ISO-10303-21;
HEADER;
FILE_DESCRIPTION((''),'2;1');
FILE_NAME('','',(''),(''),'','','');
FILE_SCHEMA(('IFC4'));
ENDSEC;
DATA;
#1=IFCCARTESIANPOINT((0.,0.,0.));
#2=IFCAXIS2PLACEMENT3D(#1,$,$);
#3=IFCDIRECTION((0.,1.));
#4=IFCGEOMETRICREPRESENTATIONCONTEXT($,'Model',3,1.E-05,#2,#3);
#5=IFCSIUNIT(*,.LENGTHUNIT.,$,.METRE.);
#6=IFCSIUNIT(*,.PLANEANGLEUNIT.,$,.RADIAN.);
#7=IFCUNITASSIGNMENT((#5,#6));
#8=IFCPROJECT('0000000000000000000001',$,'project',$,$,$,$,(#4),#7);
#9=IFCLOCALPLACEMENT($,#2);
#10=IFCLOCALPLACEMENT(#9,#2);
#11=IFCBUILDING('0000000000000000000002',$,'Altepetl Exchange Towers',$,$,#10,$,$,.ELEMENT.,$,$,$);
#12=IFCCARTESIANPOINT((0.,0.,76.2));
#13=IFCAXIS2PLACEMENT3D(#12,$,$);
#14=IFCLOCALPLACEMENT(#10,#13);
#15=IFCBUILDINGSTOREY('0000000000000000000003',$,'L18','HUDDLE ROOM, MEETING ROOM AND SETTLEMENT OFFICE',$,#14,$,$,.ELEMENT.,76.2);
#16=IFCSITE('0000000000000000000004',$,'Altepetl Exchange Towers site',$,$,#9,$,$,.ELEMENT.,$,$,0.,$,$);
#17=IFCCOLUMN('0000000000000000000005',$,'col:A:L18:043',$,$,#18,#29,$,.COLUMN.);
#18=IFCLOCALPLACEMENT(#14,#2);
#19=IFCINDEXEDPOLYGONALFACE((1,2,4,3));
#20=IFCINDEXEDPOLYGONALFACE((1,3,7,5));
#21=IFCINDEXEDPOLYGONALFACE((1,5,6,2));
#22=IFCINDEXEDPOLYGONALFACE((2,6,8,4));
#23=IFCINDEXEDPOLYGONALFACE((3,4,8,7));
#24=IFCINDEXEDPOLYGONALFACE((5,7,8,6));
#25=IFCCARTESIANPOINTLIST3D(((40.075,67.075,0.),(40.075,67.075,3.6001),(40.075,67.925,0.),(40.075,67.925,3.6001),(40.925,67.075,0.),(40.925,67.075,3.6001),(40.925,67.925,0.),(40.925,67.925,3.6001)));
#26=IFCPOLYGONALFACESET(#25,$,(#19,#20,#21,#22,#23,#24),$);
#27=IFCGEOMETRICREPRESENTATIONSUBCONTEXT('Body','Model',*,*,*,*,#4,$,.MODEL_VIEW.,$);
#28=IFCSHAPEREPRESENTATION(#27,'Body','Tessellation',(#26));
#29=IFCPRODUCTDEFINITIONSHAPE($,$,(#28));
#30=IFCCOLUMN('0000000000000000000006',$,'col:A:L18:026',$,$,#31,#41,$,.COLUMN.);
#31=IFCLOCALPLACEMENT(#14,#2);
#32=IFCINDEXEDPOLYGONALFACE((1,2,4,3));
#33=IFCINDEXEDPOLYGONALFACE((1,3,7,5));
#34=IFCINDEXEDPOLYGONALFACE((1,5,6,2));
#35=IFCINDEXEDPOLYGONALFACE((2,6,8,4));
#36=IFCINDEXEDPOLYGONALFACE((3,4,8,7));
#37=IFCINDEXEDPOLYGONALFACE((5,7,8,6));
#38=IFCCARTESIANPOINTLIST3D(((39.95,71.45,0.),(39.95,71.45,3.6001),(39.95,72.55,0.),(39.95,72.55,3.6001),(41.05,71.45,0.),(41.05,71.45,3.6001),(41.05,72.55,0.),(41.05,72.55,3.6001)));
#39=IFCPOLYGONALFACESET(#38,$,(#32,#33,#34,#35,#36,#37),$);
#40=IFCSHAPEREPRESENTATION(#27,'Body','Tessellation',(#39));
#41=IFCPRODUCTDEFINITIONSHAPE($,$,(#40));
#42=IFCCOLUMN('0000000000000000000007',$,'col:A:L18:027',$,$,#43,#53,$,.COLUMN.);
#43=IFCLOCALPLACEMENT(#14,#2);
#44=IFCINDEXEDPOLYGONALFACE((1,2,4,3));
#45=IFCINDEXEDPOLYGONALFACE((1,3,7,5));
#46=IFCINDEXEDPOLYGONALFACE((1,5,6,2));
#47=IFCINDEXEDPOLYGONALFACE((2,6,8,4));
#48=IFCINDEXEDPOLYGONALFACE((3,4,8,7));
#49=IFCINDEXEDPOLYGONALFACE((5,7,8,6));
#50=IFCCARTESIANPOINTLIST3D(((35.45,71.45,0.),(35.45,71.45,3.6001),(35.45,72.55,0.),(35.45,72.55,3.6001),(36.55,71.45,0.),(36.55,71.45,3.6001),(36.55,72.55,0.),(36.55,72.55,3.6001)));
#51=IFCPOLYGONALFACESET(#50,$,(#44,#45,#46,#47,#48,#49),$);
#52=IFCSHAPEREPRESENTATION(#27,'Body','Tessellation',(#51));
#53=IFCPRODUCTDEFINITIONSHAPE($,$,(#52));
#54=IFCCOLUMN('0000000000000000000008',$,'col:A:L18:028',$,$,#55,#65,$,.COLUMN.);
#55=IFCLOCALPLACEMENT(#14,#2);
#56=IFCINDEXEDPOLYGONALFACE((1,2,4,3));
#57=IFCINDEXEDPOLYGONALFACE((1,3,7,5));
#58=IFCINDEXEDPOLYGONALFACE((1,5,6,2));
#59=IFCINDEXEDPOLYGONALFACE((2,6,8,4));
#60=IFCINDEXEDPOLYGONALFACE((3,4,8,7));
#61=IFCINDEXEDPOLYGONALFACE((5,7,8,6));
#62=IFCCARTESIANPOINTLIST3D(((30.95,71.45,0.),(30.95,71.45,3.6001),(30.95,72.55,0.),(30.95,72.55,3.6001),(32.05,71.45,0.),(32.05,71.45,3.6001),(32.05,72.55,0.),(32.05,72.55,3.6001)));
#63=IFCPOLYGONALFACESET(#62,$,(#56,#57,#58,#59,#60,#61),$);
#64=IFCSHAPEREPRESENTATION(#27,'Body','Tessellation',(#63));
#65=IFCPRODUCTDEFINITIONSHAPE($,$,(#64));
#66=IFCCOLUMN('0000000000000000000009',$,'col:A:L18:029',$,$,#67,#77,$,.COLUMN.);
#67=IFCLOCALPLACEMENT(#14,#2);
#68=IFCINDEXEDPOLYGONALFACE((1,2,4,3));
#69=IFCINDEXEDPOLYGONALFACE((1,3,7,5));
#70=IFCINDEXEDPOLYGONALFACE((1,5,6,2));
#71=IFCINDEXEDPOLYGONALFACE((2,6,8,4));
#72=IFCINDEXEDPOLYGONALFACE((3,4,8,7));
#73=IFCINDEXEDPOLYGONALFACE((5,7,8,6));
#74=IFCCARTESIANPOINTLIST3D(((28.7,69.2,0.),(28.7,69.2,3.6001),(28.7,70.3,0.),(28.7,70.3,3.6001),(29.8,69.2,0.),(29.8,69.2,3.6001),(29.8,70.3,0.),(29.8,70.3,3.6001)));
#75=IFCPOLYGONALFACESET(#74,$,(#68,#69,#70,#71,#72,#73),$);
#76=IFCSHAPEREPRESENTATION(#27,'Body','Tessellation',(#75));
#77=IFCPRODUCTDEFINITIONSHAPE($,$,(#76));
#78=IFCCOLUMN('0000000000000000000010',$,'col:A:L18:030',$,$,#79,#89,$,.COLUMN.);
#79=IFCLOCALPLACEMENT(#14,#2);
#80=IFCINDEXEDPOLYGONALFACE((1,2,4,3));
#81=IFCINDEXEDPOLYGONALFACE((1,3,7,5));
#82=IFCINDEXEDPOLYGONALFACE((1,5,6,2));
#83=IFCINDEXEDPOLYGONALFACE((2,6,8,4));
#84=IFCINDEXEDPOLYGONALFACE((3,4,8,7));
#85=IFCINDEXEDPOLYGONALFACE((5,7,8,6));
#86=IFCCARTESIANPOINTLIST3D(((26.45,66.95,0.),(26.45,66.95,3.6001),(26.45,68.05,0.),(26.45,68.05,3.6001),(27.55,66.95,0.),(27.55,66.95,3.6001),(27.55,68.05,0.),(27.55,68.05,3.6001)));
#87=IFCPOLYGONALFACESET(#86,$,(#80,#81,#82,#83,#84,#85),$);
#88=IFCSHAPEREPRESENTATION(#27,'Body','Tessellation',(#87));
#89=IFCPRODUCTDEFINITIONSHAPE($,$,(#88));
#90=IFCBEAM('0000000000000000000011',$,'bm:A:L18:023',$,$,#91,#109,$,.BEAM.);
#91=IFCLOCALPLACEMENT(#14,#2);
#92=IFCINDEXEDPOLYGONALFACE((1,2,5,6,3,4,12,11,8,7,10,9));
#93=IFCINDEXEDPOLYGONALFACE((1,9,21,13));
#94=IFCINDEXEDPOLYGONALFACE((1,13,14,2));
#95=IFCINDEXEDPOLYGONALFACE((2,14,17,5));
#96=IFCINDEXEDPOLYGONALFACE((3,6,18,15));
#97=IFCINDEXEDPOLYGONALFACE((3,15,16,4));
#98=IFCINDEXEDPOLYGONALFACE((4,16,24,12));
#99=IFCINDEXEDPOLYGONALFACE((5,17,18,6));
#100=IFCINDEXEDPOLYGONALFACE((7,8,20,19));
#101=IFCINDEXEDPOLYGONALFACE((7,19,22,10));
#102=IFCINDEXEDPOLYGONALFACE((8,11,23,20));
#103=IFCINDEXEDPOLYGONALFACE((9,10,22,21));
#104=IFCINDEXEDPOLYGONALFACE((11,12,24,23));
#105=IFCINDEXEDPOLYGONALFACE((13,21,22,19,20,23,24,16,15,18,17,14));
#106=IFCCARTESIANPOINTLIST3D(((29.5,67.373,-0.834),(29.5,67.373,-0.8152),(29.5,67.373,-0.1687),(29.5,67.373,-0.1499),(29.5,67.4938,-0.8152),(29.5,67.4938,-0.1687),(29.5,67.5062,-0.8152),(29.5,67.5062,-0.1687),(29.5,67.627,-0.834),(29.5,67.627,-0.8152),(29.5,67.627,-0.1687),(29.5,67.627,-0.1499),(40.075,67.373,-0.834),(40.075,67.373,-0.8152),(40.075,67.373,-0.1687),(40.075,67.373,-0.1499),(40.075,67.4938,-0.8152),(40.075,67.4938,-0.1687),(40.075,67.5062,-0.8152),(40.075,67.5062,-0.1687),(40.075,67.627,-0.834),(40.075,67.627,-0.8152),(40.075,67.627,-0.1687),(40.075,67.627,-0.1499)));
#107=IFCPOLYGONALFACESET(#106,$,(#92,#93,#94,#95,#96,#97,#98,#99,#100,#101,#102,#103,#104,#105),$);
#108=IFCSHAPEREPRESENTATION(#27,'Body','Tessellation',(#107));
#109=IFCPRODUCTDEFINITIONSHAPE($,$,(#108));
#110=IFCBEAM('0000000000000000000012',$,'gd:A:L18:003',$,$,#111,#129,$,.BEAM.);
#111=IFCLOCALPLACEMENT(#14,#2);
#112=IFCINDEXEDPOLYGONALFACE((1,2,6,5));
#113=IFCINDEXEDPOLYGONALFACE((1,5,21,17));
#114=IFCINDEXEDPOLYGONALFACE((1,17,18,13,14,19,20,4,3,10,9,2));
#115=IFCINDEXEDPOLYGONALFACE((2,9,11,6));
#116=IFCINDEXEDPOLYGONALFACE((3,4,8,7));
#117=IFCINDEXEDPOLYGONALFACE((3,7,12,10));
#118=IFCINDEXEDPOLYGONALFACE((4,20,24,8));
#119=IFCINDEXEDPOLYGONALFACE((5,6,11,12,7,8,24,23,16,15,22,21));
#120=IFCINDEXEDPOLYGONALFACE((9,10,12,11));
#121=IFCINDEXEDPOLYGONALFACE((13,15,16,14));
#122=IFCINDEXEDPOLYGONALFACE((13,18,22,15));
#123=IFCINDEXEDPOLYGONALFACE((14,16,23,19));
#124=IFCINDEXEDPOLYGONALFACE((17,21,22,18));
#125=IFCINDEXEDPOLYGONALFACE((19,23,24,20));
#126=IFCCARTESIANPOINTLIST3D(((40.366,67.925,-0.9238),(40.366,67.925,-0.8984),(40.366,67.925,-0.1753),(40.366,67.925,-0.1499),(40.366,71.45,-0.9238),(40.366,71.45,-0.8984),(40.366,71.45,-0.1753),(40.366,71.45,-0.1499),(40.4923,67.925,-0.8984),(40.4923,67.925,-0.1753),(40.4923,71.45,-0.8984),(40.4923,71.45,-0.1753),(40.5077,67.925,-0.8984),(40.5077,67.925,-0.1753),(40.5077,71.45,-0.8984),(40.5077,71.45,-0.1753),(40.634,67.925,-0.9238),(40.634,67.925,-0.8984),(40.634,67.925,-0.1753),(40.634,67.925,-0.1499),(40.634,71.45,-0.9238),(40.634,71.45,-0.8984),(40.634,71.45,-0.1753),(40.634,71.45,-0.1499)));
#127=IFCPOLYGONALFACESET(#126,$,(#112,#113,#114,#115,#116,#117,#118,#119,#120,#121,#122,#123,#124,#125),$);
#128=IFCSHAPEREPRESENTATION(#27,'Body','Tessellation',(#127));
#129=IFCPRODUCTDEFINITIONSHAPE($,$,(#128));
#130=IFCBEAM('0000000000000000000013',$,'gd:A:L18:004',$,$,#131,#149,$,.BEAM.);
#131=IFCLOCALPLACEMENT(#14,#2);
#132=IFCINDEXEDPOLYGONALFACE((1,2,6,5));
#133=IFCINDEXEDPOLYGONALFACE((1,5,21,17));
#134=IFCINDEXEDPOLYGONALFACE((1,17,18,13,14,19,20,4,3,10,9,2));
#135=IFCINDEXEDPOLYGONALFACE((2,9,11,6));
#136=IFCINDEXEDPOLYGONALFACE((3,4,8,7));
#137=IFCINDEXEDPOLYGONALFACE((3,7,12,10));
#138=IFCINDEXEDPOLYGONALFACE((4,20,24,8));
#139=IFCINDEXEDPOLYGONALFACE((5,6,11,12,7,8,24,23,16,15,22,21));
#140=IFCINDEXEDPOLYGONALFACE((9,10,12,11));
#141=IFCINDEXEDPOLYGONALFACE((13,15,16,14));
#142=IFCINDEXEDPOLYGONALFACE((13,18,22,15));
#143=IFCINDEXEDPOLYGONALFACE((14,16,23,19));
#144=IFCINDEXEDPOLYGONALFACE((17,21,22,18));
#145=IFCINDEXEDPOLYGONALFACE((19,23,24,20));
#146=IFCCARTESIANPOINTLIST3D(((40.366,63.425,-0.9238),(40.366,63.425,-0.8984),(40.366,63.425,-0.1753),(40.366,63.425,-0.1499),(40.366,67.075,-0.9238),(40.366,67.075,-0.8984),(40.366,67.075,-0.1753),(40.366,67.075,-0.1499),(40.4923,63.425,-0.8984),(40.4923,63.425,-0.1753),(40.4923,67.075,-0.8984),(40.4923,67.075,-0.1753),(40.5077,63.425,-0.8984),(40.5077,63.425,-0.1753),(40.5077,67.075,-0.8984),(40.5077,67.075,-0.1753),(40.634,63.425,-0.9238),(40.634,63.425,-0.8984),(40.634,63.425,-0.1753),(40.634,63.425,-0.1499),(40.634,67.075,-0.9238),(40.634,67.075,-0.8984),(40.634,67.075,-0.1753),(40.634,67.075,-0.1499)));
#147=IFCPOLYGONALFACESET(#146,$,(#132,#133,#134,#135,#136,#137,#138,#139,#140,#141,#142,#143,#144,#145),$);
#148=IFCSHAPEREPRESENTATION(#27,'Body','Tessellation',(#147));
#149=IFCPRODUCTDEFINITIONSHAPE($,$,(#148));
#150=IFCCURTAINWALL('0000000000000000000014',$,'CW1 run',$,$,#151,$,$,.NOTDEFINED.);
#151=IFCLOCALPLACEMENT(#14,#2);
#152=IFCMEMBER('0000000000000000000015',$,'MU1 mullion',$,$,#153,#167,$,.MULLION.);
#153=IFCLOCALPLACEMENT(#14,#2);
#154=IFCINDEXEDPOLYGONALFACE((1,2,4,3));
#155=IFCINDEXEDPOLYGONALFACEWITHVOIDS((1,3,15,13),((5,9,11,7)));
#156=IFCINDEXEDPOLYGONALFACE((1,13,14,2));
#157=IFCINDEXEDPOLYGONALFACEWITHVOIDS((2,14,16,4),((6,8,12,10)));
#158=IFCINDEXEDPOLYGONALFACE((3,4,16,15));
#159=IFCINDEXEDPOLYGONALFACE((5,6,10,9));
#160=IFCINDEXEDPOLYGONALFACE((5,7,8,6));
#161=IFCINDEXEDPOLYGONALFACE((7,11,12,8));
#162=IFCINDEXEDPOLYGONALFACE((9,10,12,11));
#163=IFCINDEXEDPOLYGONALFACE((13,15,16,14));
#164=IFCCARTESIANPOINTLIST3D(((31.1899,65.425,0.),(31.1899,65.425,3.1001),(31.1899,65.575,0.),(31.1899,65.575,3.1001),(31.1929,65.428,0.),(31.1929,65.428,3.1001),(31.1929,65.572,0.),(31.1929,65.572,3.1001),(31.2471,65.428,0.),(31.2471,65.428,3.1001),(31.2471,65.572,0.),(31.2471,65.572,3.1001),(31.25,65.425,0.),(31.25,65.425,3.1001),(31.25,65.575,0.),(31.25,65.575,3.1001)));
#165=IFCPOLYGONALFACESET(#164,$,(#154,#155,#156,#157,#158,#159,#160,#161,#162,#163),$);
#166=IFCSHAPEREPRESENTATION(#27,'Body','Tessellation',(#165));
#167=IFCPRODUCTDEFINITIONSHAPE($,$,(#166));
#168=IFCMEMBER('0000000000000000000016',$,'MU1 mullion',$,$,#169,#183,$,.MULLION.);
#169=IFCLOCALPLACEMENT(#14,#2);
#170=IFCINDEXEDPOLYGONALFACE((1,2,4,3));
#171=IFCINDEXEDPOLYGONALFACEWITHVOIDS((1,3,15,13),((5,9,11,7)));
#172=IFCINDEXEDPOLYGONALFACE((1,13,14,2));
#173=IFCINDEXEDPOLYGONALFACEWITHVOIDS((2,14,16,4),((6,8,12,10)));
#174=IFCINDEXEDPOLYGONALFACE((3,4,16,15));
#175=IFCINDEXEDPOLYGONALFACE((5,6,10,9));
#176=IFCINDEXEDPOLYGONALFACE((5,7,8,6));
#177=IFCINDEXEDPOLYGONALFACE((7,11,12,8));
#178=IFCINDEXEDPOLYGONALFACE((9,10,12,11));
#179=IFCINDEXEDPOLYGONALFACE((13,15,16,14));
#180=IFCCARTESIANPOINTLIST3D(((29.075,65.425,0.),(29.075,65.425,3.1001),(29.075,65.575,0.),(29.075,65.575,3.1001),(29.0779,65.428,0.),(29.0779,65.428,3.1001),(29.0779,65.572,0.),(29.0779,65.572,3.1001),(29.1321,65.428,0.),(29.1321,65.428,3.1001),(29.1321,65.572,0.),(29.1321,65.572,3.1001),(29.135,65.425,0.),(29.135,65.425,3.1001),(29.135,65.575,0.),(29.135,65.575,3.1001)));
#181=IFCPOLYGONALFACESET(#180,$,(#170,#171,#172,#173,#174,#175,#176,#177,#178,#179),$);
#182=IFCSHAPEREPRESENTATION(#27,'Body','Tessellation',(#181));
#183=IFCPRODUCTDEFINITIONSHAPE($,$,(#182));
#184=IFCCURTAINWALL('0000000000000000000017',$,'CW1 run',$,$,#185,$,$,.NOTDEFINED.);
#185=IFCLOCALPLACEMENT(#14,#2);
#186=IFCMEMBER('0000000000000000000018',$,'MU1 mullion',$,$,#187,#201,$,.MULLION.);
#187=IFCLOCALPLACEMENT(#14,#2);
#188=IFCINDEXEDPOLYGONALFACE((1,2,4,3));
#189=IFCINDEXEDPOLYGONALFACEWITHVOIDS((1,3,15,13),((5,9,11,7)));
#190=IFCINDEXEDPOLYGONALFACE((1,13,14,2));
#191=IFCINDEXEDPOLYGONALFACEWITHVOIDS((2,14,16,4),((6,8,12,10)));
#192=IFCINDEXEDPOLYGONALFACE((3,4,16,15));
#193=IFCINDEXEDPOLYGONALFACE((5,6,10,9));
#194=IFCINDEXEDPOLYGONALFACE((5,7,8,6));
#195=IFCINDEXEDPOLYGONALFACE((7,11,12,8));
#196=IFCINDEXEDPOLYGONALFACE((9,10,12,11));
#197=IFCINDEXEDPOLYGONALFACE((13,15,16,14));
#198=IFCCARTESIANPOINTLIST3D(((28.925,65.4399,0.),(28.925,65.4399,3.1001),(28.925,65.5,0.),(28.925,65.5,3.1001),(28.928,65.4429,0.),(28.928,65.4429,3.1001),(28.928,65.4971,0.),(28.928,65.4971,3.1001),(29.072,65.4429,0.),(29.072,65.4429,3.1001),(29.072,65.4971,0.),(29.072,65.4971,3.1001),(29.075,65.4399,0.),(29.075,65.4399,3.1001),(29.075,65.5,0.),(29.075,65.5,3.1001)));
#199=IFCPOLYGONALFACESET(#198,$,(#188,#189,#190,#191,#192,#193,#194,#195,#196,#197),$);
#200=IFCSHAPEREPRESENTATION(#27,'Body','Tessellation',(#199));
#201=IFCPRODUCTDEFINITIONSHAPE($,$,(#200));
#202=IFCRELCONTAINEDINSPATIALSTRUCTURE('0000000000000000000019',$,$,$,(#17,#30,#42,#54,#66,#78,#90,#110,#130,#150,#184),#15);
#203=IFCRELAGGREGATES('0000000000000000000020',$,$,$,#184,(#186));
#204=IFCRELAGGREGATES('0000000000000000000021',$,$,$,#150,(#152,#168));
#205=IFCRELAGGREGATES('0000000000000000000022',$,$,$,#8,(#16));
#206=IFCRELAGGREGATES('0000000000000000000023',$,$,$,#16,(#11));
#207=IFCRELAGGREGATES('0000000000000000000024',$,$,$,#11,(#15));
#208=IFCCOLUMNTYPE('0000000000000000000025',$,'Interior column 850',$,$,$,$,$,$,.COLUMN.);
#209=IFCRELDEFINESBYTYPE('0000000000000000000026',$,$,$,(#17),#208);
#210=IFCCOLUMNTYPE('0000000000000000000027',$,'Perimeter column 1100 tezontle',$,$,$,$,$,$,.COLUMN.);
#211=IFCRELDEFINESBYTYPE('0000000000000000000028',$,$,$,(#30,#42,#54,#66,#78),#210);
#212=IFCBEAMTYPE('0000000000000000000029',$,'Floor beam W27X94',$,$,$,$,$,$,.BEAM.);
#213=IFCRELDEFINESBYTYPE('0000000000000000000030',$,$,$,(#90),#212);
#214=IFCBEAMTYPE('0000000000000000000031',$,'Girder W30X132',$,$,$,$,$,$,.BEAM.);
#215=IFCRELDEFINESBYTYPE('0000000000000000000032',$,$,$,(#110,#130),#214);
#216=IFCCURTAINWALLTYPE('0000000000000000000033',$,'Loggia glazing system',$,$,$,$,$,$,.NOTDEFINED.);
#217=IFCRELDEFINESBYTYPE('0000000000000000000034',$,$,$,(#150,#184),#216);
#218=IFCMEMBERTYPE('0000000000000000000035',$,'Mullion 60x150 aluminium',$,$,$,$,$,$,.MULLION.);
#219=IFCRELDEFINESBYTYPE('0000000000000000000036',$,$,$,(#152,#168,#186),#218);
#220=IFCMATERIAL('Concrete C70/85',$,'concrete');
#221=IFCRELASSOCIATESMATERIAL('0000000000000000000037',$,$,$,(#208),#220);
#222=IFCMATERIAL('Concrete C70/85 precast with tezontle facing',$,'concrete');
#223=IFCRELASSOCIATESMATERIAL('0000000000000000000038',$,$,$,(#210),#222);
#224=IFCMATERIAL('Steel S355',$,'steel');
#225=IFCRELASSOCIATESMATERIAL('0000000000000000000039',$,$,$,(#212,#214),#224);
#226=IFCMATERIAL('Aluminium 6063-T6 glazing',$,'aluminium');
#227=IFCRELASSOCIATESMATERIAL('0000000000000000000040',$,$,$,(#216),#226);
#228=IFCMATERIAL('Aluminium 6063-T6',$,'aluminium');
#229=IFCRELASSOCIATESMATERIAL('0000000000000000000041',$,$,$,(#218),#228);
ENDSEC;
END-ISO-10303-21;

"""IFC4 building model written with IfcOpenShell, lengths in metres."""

from ifc_helpers import new_model, si_unit, direction, frame, origin, origin_2d, place, context, subcontext, project, spatial, rectangle, hollow_rectangle, i_section, extrude, material, material_profile, profile_set, type_object, element, aggregate, save


model = new_model("IFC4")

# Units and contexts
model_context = context("Model", 3, precision=1e-05, world=origin(), true_north=direction((0.0, 1.0)))
body_context = subcontext(model_context, "Body", "Model", "MODEL_VIEW")
ifc_project = project(units=[si_unit("LENGTHUNIT", "METRE"), si_unit("PLANEANGLEUNIT", "RADIAN")], contexts=[model_context])

# Site, building, storey
site_placement = place(None, origin())
site = spatial("IfcSite", under=ifc_project, at=site_placement, Name="Altepetl Exchange Towers site", CompositionType="ELEMENT", RefElevation=0.0)
building_placement = place(site_placement, origin())
building = spatial("IfcBuilding", under=site, at=building_placement, Name="Altepetl Exchange Towers", CompositionType="ELEMENT")
storey_placement = place(building_placement, frame((0.0, 0.0, 76.2)))
storey = spatial("IfcBuildingStorey", under=building, at=storey_placement, Name="L18", Description="HUDDLE ROOM, MEETING ROOM AND SETTLEMENT OFFICE", CompositionType="ELEMENT", Elevation=76.2)

# Columns
ifc_material_1 = material(Name="Concrete C70/85", Category="concrete")
ifc_material_profile_1 = material_profile(ifc_material_1, rectangle(XDim=0.8501, YDim=0.8501, at=origin_2d()), Name="850 x 850")
ifc_profile_set_1 = profile_set([ifc_material_profile_1], Name="Concrete C70/85")
column_type_1 = type_object("IfcColumnType", Name="Interior column 850", PredefinedType="COLUMN", material=ifc_profile_set_1)
column_placement = place(storey_placement, frame((40.5, 67.5, 0.0)))
element("IfcColumn", 1, at=column_placement, inside=storey, type_object=column_type_1, Name="col:A:L18:043", PredefinedType="COLUMN", context=body_context, shape_type="SweptSolid", body=[
    extrude(rectangle(XDim=0.8501, YDim=0.8501, at=origin_2d()), origin(), (0.0, 0.0, 1.0), 3.6001),
])
ifc_material_2 = material(Name="Concrete C70/85 precast with tezontle facing", Category="concrete")
ifc_material_profile_2 = material_profile(ifc_material_2, rectangle(XDim=1.1001, YDim=1.1001, at=origin_2d()), Name="1100 x 1100")
ifc_profile_set_2 = profile_set([ifc_material_profile_2], Name="Concrete C70/85 precast with tezontle facing")
column_type_2 = type_object("IfcColumnType", Name="Perimeter column 1100 tezontle", PredefinedType="COLUMN", material=ifc_profile_set_2)
for number, where, name in (
    (2, (40.5, 72.0, 0.0), "col:A:L18:026"),
    (3, (36.0, 72.0, 0.0), "col:A:L18:027"),
    (4, (31.5, 72.0, 0.0), "col:A:L18:028"),
    (5, (29.25, 69.75, 0.0), "col:A:L18:029"),
    (6, (27.0, 67.5, 0.0), "col:A:L18:030"),
):
    element("IfcColumn", number, at=place(storey_placement, frame(where)), inside=storey, type_object=column_type_2, Name=name, PredefinedType="COLUMN", context=body_context, shape_type="SweptSolid", body=[
        extrude(rectangle(XDim=1.1001, YDim=1.1001, at=origin_2d()), origin(), (0.0, 0.0, 1.0), 3.6001),
    ])

# Beams
ifc_material_3 = material(Name="Steel S355", Category="steel")
ifc_material_profile_3 = material_profile(ifc_material_3, i_section(OverallWidth=0.2539, OverallDepth=0.6841, WebThickness=0.0125, FlangeThickness=0.0188, at=origin_2d()), Name="W27X94")
ifc_profile_set_3 = profile_set([ifc_material_profile_3], Name="Steel S355")
beam_type_1 = type_object("IfcBeamType", Name="Floor beam W27X94", PredefinedType="BEAM", material=ifc_profile_set_3)
beam_1_placement = place(storey_placement, frame((29.5, 67.5, -0.4919), z_axis=(1.0, 0.0, 0.0), x_axis=(0.0, 1.0, 0.0)))
element("IfcBeam", 7, at=beam_1_placement, inside=storey, type_object=beam_type_1, Name="bm:A:L18:023", PredefinedType="BEAM", context=body_context, shape_type="SweptSolid", body=[
    extrude(i_section(OverallWidth=0.2539, OverallDepth=0.6841, WebThickness=0.0125, FlangeThickness=0.0188, at=origin_2d()), origin(), (0.0, 0.0, 1.0), 10.575),
])
ifc_material_profile_4 = material_profile(ifc_material_3, i_section(OverallWidth=0.2681, OverallDepth=0.7739, WebThickness=0.0154, FlangeThickness=0.0254, at=origin_2d()), Name="W30X132")
ifc_profile_set_4 = profile_set([ifc_material_profile_4], Name="Steel S355")
beam_type_2 = type_object("IfcBeamType", Name="Girder W30X132", PredefinedType="BEAM", material=ifc_profile_set_4)
beam_2_placement = place(storey_placement, frame((40.5, 71.45, -0.5369), z_axis=(0.0, -1.0, 0.0), x_axis=(1.0, 0.0, 0.0)))
element("IfcBeam", 8, at=beam_2_placement, inside=storey, type_object=beam_type_2, Name="gd:A:L18:003", PredefinedType="BEAM", context=body_context, shape_type="SweptSolid", body=[
    extrude(i_section(OverallWidth=0.2681, OverallDepth=0.7739, WebThickness=0.0154, FlangeThickness=0.0254, at=origin_2d()), origin(), (0.0, 0.0, 1.0), 3.5249),
])
beam_3_placement = place(storey_placement, frame((40.5, 67.075, -0.5369), z_axis=(0.0, -1.0, 0.0), x_axis=(1.0, 0.0, 0.0)))
element("IfcBeam", 9, at=beam_3_placement, inside=storey, type_object=beam_type_2, Name="gd:A:L18:004", PredefinedType="BEAM", context=body_context, shape_type="SweptSolid", body=[
    extrude(i_section(OverallWidth=0.2681, OverallDepth=0.7739, WebThickness=0.0154, FlangeThickness=0.0254, at=origin_2d()), origin(), (0.0, 0.0, 1.0), 3.6499),
])

# Curtain wall, members
ifc_material_4 = material(Name="Aluminium 6063-T6 glazing", Category="aluminium")
curtain_wall_type = type_object("IfcCurtainWallType", Name="Loggia glazing system", PredefinedType="NOTDEFINED", material=ifc_material_4)
curtain_wall_1_placement = place(storey_placement, origin())
curtain_wall_1 = element("IfcCurtainWall", 10, at=curtain_wall_1_placement, inside=storey, type_object=curtain_wall_type, Name="CW1 run", PredefinedType="NOTDEFINED")
ifc_material_5 = material(Name="Aluminium 6063-T6", Category="aluminium")
ifc_material_profile_5 = material_profile(ifc_material_5, hollow_rectangle(XDim=0.0601, YDim=0.1499, WallThickness=0.0029, at=origin_2d()), Name="Mullion 60x150 aluminium")
ifc_profile_set_5 = profile_set([ifc_material_profile_5], Name="Aluminium 6063-T6")
member_type = type_object("IfcMemberType", Name="Mullion 60x150 aluminium", PredefinedType="MULLION", material=ifc_profile_set_5)
member_1_placement = place(storey_placement, frame((31.22, 65.5, 0.0), z_axis=(0.0, 0.0, 1.0), x_axis=(-1.0, 0.0, 0.0)))
member_1 = element("IfcMember", 11, at=member_1_placement, type_object=member_type, Name="MU1 mullion", PredefinedType="MULLION", context=body_context, shape_type="SweptSolid", body=[
    extrude(hollow_rectangle(XDim=0.0601, YDim=0.1499, WallThickness=0.0029, at=origin_2d()), origin(), (0.0, 0.0, 1.0), 3.1001),
])
member_2_placement = place(storey_placement, frame((29.105, 65.5, 0.0), z_axis=(0.0, 0.0, 1.0), x_axis=(-1.0, 0.0, 0.0)))
member_2 = element("IfcMember", 12, at=member_2_placement, type_object=member_type, Name="MU1 mullion", PredefinedType="MULLION", context=body_context, shape_type="SweptSolid", body=[
    extrude(hollow_rectangle(XDim=0.0601, YDim=0.1499, WallThickness=0.0029, at=origin_2d()), origin(), (0.0, 0.0, 1.0), 3.1001),
])

# Curtain wall, member
curtain_wall_2_placement = place(storey_placement, origin())
curtain_wall_2 = element("IfcCurtainWall", 13, at=curtain_wall_2_placement, inside=storey, type_object=curtain_wall_type, Name="CW1 run", PredefinedType="NOTDEFINED")
member_3_placement = place(storey_placement, frame((29.0, 65.47, 0.0), z_axis=(0.0, 0.0, 1.0), x_axis=(0.0, -1.0, 0.0)))
member_3 = element("IfcMember", 14, at=member_3_placement, type_object=member_type, Name="MU1 mullion", PredefinedType="MULLION", context=body_context, shape_type="SweptSolid", body=[
    extrude(hollow_rectangle(XDim=0.0601, YDim=0.1499, WallThickness=0.0029, at=origin_2d()), origin(), (0.0, 0.0, 1.0), 3.1001),
])
aggregate(curtain_wall_2, [member_3])

aggregate(curtain_wall_1, [member_1, member_2])

save(model, "model.ifc")
